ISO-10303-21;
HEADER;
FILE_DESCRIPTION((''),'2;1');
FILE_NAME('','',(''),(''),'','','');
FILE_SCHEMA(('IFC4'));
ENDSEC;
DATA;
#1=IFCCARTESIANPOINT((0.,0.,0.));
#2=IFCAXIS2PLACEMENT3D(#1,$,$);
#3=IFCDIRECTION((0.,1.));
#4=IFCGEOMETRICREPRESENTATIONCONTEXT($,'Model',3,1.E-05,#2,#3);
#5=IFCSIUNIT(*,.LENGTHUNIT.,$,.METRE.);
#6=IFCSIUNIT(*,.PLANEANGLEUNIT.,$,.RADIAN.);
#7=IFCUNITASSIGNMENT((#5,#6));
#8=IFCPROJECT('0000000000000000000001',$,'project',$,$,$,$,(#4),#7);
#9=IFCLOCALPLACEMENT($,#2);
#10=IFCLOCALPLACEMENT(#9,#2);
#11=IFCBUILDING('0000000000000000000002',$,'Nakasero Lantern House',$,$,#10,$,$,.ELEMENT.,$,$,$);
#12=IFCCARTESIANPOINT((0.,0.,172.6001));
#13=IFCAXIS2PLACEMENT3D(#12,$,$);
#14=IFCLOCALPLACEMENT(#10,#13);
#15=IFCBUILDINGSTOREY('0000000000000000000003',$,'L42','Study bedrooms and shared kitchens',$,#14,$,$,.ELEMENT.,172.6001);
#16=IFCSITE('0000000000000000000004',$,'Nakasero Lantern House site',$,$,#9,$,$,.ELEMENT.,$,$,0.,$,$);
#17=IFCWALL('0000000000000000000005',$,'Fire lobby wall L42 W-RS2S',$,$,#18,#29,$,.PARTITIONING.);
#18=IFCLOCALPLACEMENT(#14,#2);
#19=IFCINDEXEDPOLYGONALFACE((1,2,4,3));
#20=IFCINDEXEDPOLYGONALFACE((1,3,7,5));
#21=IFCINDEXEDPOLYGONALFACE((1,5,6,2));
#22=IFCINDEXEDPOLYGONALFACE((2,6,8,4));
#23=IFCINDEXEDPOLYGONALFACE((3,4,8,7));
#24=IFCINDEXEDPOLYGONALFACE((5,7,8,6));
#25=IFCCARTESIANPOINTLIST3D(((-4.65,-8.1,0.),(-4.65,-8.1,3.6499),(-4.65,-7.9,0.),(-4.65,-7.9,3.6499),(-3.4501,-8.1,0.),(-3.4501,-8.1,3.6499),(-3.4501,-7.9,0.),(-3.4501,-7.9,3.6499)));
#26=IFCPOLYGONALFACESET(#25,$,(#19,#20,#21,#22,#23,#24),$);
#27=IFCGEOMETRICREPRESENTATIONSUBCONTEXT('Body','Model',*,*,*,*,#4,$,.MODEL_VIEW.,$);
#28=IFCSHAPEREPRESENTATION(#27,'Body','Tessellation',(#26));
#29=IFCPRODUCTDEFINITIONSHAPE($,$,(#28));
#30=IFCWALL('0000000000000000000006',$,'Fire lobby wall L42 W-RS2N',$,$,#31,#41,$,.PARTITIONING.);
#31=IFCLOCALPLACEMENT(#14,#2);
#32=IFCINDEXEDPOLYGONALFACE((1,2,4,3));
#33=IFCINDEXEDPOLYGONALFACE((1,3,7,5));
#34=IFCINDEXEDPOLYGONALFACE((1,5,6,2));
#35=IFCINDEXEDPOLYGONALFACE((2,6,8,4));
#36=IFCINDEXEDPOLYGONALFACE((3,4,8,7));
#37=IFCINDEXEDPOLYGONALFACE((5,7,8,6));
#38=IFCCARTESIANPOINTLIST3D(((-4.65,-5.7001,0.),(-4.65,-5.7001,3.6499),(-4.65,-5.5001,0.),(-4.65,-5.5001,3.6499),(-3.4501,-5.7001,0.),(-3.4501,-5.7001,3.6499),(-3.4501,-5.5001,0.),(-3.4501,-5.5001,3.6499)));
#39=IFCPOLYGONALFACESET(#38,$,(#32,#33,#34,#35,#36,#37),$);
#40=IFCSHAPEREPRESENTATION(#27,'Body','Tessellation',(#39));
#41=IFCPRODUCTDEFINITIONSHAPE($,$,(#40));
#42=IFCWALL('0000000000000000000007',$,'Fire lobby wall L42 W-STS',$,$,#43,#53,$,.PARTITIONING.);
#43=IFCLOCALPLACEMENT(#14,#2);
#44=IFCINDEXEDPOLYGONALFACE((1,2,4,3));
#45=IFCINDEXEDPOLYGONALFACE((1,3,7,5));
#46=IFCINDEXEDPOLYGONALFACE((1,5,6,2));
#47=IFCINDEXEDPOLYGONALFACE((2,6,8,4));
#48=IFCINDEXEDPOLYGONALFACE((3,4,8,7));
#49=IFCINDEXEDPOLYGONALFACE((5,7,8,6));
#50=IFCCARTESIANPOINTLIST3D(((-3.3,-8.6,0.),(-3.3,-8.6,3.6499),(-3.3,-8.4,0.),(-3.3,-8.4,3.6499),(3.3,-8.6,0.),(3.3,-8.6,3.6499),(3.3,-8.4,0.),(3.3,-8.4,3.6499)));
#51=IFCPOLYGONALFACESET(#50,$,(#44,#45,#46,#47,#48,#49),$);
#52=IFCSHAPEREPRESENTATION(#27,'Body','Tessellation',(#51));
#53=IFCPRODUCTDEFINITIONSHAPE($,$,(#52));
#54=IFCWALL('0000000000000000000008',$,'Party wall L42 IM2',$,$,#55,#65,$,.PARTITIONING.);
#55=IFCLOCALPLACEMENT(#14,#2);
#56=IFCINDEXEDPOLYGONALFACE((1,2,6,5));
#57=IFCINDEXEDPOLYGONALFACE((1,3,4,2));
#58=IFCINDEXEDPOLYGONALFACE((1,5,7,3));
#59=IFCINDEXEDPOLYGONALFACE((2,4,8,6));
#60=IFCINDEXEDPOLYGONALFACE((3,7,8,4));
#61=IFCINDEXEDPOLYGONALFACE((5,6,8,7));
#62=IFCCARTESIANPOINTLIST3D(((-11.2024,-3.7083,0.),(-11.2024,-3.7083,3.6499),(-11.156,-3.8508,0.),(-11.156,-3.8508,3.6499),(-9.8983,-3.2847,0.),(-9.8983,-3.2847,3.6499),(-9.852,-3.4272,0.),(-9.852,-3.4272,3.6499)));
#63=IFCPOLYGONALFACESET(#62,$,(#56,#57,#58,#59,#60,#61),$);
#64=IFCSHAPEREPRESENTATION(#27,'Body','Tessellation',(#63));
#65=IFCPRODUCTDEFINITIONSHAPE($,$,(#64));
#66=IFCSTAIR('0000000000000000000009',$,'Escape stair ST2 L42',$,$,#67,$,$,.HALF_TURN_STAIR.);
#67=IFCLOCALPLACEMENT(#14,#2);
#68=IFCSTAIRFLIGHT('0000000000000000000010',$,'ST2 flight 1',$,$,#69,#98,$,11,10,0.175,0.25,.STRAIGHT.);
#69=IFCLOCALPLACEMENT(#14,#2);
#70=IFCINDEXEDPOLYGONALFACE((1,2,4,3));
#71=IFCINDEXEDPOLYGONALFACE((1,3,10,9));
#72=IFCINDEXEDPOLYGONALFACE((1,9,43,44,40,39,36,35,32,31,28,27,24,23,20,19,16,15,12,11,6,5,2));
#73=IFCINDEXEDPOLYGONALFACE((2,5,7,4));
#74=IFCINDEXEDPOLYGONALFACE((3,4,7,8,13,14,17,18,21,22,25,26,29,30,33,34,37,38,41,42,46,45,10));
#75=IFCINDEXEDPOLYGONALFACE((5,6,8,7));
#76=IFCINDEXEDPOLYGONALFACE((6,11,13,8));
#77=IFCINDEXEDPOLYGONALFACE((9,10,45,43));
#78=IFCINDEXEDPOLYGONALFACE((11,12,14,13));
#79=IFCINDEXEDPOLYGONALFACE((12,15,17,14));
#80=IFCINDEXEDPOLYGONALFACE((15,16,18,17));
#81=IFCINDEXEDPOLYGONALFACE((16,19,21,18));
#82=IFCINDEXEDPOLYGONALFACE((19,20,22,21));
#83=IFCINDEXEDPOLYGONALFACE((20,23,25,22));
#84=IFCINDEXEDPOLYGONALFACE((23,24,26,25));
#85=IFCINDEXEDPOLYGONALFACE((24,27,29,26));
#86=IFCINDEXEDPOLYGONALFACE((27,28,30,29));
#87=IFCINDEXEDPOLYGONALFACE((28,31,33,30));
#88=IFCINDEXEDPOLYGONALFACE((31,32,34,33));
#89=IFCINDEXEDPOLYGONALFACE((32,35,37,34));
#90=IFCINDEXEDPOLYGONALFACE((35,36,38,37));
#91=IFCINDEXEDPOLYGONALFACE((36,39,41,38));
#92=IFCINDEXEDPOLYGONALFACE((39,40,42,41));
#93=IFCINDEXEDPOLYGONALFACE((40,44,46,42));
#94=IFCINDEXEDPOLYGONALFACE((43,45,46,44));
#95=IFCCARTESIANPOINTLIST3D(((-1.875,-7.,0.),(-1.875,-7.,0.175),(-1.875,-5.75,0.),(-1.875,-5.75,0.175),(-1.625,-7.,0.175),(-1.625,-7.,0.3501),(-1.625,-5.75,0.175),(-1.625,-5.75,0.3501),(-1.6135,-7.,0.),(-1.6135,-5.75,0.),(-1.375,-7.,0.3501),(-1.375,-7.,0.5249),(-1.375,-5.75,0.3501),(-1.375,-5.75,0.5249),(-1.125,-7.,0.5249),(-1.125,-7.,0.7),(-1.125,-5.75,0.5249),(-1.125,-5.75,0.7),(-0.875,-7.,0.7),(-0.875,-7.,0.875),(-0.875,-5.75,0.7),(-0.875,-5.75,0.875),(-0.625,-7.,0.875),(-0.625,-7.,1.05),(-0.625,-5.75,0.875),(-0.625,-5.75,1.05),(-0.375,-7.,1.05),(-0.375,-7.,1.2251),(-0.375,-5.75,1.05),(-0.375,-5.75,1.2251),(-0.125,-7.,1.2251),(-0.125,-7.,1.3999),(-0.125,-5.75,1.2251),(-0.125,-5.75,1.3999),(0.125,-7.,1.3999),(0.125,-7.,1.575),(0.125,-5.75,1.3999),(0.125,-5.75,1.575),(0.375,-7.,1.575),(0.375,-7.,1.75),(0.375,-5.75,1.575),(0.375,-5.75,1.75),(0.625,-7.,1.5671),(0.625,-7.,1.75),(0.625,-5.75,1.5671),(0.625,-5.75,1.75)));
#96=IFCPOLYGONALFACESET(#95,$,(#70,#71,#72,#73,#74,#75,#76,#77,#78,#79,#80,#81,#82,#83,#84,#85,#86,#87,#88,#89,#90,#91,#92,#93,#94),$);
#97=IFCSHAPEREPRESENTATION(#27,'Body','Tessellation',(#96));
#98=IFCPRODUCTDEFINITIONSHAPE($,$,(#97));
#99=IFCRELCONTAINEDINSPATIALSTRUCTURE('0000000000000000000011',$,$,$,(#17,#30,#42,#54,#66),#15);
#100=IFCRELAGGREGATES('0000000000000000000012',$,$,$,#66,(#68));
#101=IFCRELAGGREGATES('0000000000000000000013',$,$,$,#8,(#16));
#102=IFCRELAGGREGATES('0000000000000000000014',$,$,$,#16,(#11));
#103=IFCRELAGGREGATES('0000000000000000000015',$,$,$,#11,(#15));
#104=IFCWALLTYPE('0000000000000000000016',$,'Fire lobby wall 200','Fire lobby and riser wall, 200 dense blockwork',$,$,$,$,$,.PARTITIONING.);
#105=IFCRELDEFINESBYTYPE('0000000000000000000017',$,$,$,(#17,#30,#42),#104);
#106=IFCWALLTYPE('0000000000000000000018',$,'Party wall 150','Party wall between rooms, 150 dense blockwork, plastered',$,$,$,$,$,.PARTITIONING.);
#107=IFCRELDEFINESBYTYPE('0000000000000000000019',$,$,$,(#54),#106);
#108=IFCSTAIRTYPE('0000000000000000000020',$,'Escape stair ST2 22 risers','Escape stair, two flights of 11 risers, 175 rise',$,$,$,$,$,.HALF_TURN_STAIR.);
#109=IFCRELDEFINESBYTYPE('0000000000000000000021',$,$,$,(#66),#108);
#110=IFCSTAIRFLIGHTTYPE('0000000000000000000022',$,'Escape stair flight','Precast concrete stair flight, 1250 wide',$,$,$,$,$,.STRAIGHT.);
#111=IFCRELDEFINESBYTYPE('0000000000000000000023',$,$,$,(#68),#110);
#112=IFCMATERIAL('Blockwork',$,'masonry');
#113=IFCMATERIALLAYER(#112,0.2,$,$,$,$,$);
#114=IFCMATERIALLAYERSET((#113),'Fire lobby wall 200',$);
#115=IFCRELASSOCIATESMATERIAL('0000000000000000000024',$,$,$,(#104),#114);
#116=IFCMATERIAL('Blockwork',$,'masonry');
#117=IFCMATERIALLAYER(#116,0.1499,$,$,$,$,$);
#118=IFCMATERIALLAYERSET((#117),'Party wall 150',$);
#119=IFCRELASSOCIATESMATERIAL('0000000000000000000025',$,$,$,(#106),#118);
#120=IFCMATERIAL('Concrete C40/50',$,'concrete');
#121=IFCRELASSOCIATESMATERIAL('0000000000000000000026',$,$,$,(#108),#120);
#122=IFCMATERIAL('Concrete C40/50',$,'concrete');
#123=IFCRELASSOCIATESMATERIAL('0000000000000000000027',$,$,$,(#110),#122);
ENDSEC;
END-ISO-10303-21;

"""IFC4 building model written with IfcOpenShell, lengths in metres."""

from ifc_helpers import new_model, si_unit, direction, frame, frame_2d, origin, place, context, subcontext, project, spatial, polyline, rectangle, outline, extrude, material, layer, layer_set, type_object, element, aggregate, save


model = new_model("IFC4")

# Units and contexts
model_context = context("Model", 3, precision=1e-05, world=origin(), true_north=direction((0.0, 1.0)))
body_context = subcontext(model_context, "Body", "Model", "MODEL_VIEW")
ifc_project = project(units=[si_unit("LENGTHUNIT", "METRE"), si_unit("PLANEANGLEUNIT", "RADIAN")], contexts=[model_context])

# Site, building, storey
site_placement = place(None, origin())
site = spatial("IfcSite", under=ifc_project, at=site_placement, Name="Nakasero Lantern House site", CompositionType="ELEMENT", RefElevation=0.0)
building_placement = place(site_placement, origin())
building = spatial("IfcBuilding", under=site, at=building_placement, Name="Nakasero Lantern House", CompositionType="ELEMENT")
storey_placement = place(building_placement, frame((0.0, 0.0, 172.6001)))
storey = spatial("IfcBuildingStorey", under=building, at=storey_placement, Name="L42", Description="Study bedrooms and shared kitchens", CompositionType="ELEMENT", Elevation=172.6001)

# Shared definitions
ifc_material_1 = material(Name="Blockwork", Category="masonry")
ifc_layer_1 = layer(ifc_material_1, 0.2)
ifc_layer_set_1 = layer_set([ifc_layer_1], Name="Fire lobby wall 200")
wall_type_1 = type_object("IfcWallType", Name="Fire lobby wall 200", Description="Fire lobby and riser wall, 200 dense blockwork", PredefinedType="PARTITIONING", material=ifc_layer_set_1)

# Walls
for number, where, z_axis, x_axis, name in (
    (1, (-3.45, -8.0, 0.0), (0.0, 0.0, 1.0), (-1.0, 0.0, 0.0), "Fire lobby wall L42 W-RS2S"),
    (2, (-3.45, -5.6001, 0.0), (0.0, 0.0, 1.0), (-1.0, 0.0, 0.0), "Fire lobby wall L42 W-RS2N"),
):
    element("IfcWall", number, at=place(storey_placement, frame(where, z_axis=z_axis, x_axis=x_axis)), inside=storey, type_object=wall_type_1, Name=name, PredefinedType="PARTITIONING", context=body_context, shape_type="SweptSolid", body=[
        extrude(rectangle(XDim=1.2, YDim=0.2, at=frame_2d((0.6001, 0.0))), origin(), (0.0, 0.0, 1.0), 3.6499),
    ])
wall_1_placement = place(storey_placement, frame((-3.3, -8.5, 0.0), z_axis=(0.0, 0.0, 1.0), x_axis=(1.0, 0.0, 0.0)))
element("IfcWall", 3, at=wall_1_placement, inside=storey, type_object=wall_type_1, Name="Fire lobby wall L42 W-STS", PredefinedType="PARTITIONING", context=body_context, shape_type="SweptSolid", body=[
    extrude(rectangle(XDim=6.6001, YDim=0.2, at=frame_2d((3.3, 0.0))), origin(), (0.0, 0.0, 1.0), 3.6499),
])
ifc_material_2 = material(Name="Blockwork", Category="masonry")
ifc_layer_2 = layer(ifc_material_2, 0.1499)
ifc_layer_set_2 = layer_set([ifc_layer_2], Name="Party wall 150")
wall_type_2 = type_object("IfcWallType", Name="Party wall 150", Description="Party wall between rooms, 150 dense blockwork, plastered", PredefinedType="PARTITIONING", material=ifc_layer_set_2)
wall_2_placement = place(storey_placement, frame((-11.1792, -3.7795, 0.0), z_axis=(0.0, 0.0, 1.0), x_axis=(0.951077, 0.308953, 0.0)))
element("IfcWall", 4, at=wall_2_placement, inside=storey, type_object=wall_type_2, Name="Party wall L42 IM2", PredefinedType="PARTITIONING", context=body_context, shape_type="SweptSolid", body=[
    extrude(rectangle(XDim=1.3711, YDim=0.1499, at=frame_2d((0.6855, 0.0))), origin(), (0.0, 0.0, 1.0), 3.6499),
])

# Stair, stair flight
ifc_material_3 = material(Name="Concrete C40/50", Category="concrete")
stair_type = type_object("IfcStairType", Name="Escape stair ST2 22 risers", Description="Escape stair, two flights of 11 risers, 175 rise", PredefinedType="HALF_TURN_STAIR", material=ifc_material_3)
stair_placement = place(storey_placement, origin())
stair = element("IfcStair", 5, at=stair_placement, inside=storey, type_object=stair_type, Name="Escape stair ST2 L42", PredefinedType="HALF_TURN_STAIR")
ifc_material_4 = material(Name="Concrete C40/50", Category="concrete")
stair_flight_type = type_object("IfcStairFlightType", Name="Escape stair flight", Description="Precast concrete stair flight, 1250 wide", PredefinedType="STRAIGHT", material=ifc_material_4)
stair_flight_placement = place(storey_placement, frame((-1.875, -6.375, 0.0), z_axis=(0.0, 0.0, 1.0), x_axis=(1.0, 0.0, 0.0)))
stair_flight = element("IfcStairFlight", 6, at=stair_flight_placement, type_object=stair_flight_type, Name="ST2 flight 1", NumberOfRisers=11, NumberOfTreads=10, PredefinedType="STRAIGHT", RiserHeight=0.175, TreadLength=0.25, context=body_context, shape_type="SweptSolid", body=[
    extrude(outline(polyline([(0.0, 0.0), (0.0, 0.175), (0.25, 0.175), (0.25, 0.3501), (0.5, 0.3501), (0.5, 0.5249), (0.75, 0.5249), (0.75, 0.7), (1.0, 0.7), (1.0, 0.875), (1.25, 0.875), (1.25, 1.05), (1.5, 1.05), (1.5, 1.2251), (1.75, 1.2251), (1.75, 1.3999), (2.0, 1.3999), (2.0, 1.575), (2.25, 1.575), (2.25, 1.75), (2.5, 1.75), (2.5, 1.925), (2.5, 1.5671), (0.2615, 0.0), (0.0, 0.0)])), frame((0.0, 0.625, 0.0), z_axis=(0.0, -1.0, 0.0), x_axis=(1.0, 0.0, 0.0)), (0.0, 0.0, 1.0), 1.25),
])
aggregate(stair, [stair_flight])

save(model, "model.ifc")
